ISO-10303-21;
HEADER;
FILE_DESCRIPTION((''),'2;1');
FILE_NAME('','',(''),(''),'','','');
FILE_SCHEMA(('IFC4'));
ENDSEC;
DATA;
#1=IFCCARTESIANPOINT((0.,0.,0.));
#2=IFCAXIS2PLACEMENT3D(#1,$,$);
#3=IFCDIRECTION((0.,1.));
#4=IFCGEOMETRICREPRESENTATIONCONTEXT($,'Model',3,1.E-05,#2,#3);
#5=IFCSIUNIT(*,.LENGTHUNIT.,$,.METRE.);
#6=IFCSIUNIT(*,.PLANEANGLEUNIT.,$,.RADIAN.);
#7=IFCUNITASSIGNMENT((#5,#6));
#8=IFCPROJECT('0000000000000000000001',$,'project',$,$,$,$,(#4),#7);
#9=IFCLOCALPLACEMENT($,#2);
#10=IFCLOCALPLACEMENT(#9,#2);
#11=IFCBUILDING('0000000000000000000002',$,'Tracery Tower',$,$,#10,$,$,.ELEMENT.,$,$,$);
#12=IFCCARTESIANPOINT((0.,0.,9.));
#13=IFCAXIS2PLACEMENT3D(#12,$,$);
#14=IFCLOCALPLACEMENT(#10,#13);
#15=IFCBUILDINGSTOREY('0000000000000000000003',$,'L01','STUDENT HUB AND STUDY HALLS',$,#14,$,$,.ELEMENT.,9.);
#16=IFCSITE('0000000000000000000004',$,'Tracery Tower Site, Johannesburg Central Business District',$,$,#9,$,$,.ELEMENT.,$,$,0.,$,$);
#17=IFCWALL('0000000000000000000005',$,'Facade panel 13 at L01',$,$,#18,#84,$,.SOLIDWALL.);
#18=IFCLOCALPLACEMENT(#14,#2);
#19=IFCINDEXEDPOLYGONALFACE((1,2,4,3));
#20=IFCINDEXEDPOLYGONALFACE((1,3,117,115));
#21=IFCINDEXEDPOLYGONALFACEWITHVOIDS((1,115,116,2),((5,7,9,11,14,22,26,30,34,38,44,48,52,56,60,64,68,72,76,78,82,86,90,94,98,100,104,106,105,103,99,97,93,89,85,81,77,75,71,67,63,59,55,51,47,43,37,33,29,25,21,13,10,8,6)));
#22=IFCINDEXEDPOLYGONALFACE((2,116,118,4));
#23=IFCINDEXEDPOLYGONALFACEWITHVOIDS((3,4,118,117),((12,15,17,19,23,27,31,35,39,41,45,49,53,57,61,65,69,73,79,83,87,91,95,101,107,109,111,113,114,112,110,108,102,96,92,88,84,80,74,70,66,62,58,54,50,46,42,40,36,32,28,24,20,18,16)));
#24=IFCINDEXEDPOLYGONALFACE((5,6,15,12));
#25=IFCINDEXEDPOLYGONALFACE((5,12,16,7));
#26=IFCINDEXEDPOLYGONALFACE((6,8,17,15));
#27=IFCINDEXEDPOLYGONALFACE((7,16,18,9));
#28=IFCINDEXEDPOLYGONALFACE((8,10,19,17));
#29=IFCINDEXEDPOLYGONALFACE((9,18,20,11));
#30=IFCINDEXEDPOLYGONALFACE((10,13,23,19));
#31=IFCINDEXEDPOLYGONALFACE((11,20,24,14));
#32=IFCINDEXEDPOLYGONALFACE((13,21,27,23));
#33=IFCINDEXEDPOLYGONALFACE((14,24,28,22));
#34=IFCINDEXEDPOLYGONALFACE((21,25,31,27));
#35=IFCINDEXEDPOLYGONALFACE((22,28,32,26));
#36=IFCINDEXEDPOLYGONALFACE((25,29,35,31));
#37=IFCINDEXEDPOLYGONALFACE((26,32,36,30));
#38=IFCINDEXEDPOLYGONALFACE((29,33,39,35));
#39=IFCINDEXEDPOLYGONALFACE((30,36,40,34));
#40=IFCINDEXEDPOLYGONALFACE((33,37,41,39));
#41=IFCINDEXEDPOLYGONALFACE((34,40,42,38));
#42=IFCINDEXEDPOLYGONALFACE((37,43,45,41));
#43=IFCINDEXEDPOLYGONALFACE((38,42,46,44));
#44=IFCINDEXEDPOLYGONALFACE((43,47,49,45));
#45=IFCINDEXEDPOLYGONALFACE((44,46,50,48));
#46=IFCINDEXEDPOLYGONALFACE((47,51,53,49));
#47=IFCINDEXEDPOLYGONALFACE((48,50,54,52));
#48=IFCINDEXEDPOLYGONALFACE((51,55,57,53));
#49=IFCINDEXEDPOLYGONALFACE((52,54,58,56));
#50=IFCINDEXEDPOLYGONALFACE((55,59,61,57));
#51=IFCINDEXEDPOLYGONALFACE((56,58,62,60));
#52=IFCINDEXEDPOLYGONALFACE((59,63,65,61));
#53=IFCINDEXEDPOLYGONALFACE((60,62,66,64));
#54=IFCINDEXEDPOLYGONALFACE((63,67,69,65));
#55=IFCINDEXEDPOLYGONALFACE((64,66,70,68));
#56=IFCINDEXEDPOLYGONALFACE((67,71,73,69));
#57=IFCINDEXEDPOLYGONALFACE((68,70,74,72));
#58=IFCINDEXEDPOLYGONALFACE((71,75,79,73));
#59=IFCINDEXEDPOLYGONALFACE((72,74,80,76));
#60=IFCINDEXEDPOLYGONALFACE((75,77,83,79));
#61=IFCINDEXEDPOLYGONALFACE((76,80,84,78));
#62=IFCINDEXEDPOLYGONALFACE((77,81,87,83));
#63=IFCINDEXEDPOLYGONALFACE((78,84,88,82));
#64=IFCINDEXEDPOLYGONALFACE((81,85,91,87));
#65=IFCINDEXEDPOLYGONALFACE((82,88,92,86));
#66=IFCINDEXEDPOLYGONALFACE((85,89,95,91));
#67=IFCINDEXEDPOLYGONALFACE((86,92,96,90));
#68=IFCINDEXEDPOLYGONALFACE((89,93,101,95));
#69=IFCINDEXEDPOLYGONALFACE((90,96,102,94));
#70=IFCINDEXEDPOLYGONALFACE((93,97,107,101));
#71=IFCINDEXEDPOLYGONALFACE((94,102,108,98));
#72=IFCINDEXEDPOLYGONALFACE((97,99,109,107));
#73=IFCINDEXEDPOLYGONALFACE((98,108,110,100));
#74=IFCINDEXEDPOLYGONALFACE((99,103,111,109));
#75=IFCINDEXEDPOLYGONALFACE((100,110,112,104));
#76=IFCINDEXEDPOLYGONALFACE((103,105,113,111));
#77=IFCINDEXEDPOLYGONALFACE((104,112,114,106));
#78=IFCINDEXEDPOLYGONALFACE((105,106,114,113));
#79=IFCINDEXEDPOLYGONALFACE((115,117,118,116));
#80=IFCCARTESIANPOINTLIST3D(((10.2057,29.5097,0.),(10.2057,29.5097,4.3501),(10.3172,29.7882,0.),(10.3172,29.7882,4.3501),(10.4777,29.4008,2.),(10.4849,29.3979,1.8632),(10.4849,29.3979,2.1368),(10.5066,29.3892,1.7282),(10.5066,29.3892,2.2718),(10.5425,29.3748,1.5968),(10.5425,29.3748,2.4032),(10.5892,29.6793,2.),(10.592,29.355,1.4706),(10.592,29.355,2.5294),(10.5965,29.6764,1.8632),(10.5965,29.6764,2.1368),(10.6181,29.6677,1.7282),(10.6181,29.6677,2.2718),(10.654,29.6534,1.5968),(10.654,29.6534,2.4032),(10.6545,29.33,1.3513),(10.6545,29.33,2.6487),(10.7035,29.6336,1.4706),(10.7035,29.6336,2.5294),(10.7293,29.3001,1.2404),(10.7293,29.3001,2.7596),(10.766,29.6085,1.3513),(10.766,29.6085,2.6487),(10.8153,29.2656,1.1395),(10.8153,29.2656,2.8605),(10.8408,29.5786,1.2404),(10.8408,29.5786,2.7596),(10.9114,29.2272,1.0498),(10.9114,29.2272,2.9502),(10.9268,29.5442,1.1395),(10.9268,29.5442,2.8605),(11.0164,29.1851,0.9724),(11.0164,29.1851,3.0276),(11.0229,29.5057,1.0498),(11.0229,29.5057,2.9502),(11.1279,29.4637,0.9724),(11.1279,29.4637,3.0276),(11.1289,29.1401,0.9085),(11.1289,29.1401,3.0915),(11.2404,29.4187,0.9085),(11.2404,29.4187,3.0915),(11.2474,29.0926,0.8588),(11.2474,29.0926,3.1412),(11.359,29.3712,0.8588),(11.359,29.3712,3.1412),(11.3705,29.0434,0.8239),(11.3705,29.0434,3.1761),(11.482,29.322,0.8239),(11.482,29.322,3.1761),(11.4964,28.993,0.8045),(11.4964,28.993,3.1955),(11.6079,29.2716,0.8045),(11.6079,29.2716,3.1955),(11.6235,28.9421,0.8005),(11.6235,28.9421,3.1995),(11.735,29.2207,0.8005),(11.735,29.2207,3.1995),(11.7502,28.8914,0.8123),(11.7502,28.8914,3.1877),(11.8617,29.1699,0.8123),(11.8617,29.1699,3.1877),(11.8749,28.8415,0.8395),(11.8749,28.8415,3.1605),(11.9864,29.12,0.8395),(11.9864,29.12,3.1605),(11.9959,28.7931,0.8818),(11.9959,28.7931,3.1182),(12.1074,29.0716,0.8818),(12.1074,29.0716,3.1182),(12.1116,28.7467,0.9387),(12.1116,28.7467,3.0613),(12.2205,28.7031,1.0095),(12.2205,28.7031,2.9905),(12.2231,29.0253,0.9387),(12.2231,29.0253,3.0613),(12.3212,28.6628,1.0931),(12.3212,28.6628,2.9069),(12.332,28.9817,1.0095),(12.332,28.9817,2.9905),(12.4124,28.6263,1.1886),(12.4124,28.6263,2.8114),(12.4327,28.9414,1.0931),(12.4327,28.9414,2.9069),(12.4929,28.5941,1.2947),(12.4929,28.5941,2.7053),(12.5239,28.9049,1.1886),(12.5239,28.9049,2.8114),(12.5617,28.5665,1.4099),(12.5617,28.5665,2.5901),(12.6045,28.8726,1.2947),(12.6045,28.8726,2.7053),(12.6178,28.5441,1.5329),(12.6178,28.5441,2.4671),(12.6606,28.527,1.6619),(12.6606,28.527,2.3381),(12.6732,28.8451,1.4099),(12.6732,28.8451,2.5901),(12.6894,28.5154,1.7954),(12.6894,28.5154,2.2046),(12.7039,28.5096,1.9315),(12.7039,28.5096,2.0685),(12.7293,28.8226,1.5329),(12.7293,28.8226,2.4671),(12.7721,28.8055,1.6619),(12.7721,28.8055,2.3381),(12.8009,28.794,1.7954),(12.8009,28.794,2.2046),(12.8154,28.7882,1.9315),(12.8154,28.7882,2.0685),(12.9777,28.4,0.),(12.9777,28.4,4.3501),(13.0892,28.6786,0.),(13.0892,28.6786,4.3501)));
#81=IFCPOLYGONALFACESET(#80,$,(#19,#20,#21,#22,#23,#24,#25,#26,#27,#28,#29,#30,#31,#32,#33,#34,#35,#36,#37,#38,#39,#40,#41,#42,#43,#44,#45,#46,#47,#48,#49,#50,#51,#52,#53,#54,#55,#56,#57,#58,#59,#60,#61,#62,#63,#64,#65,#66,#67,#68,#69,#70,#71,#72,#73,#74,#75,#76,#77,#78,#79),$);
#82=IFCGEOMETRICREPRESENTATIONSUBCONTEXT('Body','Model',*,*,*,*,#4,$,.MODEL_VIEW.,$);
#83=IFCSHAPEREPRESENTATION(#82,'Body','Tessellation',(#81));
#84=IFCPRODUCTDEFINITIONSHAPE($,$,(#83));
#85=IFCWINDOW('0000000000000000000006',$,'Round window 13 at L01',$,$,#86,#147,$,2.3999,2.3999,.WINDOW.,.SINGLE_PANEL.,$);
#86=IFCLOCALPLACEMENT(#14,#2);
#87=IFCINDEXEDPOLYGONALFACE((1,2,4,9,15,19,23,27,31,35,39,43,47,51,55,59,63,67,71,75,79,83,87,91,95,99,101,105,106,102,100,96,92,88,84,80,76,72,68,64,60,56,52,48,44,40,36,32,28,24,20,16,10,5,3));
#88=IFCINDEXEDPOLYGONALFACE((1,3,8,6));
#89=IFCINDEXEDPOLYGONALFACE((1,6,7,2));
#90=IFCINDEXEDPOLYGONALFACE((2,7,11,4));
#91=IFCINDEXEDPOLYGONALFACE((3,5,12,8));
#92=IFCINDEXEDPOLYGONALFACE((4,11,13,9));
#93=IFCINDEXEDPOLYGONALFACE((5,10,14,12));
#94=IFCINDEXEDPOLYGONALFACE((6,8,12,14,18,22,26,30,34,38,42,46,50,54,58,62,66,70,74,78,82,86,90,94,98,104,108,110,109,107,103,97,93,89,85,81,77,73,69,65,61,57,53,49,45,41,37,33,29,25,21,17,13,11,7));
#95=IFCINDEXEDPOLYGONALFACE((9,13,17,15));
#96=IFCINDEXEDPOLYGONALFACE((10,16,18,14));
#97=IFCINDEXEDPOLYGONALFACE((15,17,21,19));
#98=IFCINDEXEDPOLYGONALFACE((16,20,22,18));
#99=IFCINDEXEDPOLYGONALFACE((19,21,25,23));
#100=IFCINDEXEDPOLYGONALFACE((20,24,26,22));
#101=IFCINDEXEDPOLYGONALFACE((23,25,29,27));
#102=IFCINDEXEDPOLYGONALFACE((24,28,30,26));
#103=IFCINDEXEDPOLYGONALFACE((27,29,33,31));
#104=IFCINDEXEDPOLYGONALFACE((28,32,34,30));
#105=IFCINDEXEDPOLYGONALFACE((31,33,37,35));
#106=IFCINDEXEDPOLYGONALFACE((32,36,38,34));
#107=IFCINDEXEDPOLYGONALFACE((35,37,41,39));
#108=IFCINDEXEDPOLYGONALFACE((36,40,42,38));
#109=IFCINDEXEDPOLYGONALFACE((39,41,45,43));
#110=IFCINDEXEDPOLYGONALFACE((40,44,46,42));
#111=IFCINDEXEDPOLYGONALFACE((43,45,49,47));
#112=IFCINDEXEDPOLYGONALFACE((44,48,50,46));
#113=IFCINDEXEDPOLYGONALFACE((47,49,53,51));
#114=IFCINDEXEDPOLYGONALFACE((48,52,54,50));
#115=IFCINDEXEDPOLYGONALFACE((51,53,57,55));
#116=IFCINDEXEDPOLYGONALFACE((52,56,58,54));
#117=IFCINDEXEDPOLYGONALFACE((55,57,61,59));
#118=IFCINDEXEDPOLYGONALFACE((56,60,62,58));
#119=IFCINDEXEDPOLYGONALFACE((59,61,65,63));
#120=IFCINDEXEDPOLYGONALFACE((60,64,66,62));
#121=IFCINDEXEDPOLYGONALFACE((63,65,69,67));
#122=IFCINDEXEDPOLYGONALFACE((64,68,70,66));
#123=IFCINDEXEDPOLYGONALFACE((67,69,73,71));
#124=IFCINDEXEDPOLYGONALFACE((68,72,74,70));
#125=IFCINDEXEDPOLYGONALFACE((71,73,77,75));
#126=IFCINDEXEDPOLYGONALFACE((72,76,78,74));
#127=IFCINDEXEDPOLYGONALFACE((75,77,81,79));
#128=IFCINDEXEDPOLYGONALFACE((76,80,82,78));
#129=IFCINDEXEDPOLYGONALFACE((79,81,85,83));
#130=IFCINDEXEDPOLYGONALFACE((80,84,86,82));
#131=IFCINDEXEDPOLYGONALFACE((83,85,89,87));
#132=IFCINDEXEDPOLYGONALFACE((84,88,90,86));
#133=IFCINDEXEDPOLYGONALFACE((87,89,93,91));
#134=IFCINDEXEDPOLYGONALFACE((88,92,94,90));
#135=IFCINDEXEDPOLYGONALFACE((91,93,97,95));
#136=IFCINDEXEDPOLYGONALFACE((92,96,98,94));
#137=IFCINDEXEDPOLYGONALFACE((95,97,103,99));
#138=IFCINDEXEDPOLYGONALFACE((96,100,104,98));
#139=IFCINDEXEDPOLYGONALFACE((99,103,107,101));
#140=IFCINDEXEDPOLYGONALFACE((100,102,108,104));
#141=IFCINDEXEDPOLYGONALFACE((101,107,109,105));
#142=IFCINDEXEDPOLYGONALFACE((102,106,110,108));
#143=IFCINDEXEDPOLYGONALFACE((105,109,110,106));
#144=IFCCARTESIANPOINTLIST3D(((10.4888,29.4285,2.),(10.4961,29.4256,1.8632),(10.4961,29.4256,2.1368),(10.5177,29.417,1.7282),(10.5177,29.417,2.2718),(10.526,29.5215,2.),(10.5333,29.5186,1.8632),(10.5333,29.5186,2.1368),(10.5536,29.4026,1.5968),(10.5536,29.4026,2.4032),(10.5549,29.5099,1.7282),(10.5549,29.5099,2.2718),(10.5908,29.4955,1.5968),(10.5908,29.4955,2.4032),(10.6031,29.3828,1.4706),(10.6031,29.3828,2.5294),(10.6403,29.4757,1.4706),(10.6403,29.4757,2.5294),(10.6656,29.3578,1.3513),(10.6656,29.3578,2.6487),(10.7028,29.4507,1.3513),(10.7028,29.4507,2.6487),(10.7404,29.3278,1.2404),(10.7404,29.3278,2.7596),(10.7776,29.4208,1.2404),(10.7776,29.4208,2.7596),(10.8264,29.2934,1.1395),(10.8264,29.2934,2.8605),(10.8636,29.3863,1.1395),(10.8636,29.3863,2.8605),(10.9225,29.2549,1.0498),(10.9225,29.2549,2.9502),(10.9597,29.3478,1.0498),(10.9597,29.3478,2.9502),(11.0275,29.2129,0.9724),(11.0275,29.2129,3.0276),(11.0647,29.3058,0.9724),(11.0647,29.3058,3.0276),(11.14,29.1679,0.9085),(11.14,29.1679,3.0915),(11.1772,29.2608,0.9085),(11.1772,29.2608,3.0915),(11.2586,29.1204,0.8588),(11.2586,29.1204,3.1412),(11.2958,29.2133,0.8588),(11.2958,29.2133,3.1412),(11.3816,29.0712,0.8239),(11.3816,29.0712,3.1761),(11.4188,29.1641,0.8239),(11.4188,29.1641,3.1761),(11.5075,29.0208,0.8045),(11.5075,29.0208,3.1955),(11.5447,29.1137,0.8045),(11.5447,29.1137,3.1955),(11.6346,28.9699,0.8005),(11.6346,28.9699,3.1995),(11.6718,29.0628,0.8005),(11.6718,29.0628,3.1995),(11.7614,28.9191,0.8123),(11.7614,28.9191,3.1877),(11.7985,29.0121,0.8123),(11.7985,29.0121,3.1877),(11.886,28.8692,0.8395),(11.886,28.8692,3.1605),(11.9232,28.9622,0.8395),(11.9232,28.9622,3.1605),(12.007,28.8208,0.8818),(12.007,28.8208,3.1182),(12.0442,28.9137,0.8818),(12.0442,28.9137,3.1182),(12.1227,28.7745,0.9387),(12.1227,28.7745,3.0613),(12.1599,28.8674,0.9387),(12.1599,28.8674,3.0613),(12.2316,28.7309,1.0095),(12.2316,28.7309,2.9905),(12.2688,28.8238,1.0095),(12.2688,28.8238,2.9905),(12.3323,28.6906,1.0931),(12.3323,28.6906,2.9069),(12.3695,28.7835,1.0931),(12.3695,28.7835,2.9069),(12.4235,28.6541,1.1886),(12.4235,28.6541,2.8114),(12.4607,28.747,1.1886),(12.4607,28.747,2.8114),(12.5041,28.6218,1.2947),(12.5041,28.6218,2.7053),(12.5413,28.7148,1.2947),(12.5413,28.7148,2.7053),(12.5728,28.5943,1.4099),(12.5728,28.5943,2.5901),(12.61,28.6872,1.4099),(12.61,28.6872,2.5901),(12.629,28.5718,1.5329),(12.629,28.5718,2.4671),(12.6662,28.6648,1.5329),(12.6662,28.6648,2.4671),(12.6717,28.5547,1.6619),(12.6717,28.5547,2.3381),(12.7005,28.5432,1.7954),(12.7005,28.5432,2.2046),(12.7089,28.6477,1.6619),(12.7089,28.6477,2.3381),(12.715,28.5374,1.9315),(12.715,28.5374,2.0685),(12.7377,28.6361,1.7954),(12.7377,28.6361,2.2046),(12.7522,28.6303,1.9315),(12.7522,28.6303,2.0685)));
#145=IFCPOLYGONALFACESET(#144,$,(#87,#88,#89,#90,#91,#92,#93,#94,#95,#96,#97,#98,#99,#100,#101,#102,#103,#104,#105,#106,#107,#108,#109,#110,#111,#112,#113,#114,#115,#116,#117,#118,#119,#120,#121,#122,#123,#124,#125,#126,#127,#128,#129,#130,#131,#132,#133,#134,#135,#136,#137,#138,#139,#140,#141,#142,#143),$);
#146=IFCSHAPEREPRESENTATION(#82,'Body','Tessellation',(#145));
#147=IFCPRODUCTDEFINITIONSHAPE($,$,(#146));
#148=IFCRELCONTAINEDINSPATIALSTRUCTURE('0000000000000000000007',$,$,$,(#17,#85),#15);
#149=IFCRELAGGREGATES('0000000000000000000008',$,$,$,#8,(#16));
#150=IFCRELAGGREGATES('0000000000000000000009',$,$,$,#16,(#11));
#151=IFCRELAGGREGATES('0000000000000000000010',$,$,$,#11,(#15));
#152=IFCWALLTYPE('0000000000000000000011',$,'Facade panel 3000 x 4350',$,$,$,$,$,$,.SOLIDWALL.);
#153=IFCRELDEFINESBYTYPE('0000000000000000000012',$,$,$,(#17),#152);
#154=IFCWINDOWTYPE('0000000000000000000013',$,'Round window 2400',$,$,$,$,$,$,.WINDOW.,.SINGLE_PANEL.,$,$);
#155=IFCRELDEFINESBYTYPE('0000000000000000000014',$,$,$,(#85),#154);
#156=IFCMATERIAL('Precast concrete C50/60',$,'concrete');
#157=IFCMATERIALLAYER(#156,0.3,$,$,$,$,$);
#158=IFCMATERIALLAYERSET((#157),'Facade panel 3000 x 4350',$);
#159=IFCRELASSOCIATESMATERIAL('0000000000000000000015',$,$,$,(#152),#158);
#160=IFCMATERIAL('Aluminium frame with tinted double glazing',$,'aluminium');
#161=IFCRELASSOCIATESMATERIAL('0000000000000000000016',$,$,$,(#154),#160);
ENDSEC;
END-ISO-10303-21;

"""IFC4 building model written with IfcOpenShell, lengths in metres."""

from ifc_helpers import new_model, si_unit, direction, frame, frame_2d, origin, origin_2d, place, context, subcontext, project, spatial, rectangle, circle, extrude, material, layer, layer_set, type_object, element, fill, save


model = new_model("IFC4")

# Units and contexts
model_context = context("Model", 3, precision=1e-05, world=origin(), true_north=direction((0.0, 1.0)))
body_context = subcontext(model_context, "Body", "Model", "MODEL_VIEW")
ifc_project = project(units=[si_unit("LENGTHUNIT", "METRE"), si_unit("PLANEANGLEUNIT", "RADIAN")], contexts=[model_context])

# Site, building, storey
site_placement = place(None, origin())
site = spatial("IfcSite", under=ifc_project, at=site_placement, Name="Tracery Tower Site, Johannesburg Central Business District", CompositionType="ELEMENT", RefElevation=0.0)
building_placement = place(site_placement, origin())
building = spatial("IfcBuilding", under=site, at=building_placement, Name="Tracery Tower", CompositionType="ELEMENT")
storey_placement = place(building_placement, frame((0.0, 0.0, 9.0)))
storey = spatial("IfcBuildingStorey", under=building, at=storey_placement, Name="L01", Description="STUDENT HUB AND STUDY HALLS", CompositionType="ELEMENT", Elevation=9.0)

# Wall, opening, window
ifc_material_1 = material(Name="Precast concrete C50/60", Category="concrete")
ifc_layer_1 = layer(ifc_material_1, 0.3)
ifc_layer_set_1 = layer_set([ifc_layer_1], Name="Facade panel 3000 x 4350")
wall_type_1 = type_object("IfcWallType", Name="Facade panel 3000 x 4350", PredefinedType="SOLIDWALL", material=ifc_layer_set_1)
wall_1_placement = place(storey_placement, frame((13.0334, 28.5393, 0.0), z_axis=(0.0, 0.0, 1.0), x_axis=(-0.928381, 0.37163, 0.0)))
wall_1 = element("IfcWall", 1, at=wall_1_placement, inside=storey, type_object=wall_type_1, Name="Facade panel 13 at L01", PredefinedType="SOLIDWALL", context=body_context, shape_type="SweptSolid", body=[
    extrude(rectangle(XDim=2.9858, YDim=0.3, at=frame_2d((1.4929, 0.0))), origin(), (0.0, 0.0, 1.0), 4.3501),
])
opening_1_placement = place(wall_1_placement, frame((1.4929, 0.0, 2.0)))
opening_1 = element("IfcOpeningElement", 2, at=opening_1_placement, cuts=wall_1, PredefinedType="OPENING", context=body_context, shape_type="SweptSolid", body=[
    extrude(circle(Radius=1.2, at=origin_2d()), frame((0.0, 0.1599, 0.0), z_axis=(0.0, -1.0, 0.0), x_axis=(1.0, 0.0, 0.0)), (0.0, 0.0, 1.0), 0.3201),
])
ifc_material_2 = material(Name="Aluminium frame with tinted double glazing", Category="aluminium")
window_type = type_object("IfcWindowType", Name="Round window 2400", PartitioningType="SINGLE_PANEL", PredefinedType="WINDOW", material=ifc_material_2)
window_1_placement = place(opening_1_placement, origin())
window_1 = element("IfcWindow", 3, at=window_1_placement, inside=storey, type_object=window_type, Name="Round window 13 at L01", OverallHeight=2.3999, OverallWidth=2.3999, PartitioningType="SINGLE_PANEL", PredefinedType="WINDOW", context=body_context, shape_type="SweptSolid", body=[
    extrude(circle(Radius=1.2, at=origin_2d()), frame((0.0, 0.1201, 0.0), z_axis=(0.0, -1.0, 0.0), x_axis=(1.0, 0.0, 0.0)), (0.0, 0.0, 1.0), 0.1001),
])
fill(opening_1, window_1)

save(model, "model.ifc")
